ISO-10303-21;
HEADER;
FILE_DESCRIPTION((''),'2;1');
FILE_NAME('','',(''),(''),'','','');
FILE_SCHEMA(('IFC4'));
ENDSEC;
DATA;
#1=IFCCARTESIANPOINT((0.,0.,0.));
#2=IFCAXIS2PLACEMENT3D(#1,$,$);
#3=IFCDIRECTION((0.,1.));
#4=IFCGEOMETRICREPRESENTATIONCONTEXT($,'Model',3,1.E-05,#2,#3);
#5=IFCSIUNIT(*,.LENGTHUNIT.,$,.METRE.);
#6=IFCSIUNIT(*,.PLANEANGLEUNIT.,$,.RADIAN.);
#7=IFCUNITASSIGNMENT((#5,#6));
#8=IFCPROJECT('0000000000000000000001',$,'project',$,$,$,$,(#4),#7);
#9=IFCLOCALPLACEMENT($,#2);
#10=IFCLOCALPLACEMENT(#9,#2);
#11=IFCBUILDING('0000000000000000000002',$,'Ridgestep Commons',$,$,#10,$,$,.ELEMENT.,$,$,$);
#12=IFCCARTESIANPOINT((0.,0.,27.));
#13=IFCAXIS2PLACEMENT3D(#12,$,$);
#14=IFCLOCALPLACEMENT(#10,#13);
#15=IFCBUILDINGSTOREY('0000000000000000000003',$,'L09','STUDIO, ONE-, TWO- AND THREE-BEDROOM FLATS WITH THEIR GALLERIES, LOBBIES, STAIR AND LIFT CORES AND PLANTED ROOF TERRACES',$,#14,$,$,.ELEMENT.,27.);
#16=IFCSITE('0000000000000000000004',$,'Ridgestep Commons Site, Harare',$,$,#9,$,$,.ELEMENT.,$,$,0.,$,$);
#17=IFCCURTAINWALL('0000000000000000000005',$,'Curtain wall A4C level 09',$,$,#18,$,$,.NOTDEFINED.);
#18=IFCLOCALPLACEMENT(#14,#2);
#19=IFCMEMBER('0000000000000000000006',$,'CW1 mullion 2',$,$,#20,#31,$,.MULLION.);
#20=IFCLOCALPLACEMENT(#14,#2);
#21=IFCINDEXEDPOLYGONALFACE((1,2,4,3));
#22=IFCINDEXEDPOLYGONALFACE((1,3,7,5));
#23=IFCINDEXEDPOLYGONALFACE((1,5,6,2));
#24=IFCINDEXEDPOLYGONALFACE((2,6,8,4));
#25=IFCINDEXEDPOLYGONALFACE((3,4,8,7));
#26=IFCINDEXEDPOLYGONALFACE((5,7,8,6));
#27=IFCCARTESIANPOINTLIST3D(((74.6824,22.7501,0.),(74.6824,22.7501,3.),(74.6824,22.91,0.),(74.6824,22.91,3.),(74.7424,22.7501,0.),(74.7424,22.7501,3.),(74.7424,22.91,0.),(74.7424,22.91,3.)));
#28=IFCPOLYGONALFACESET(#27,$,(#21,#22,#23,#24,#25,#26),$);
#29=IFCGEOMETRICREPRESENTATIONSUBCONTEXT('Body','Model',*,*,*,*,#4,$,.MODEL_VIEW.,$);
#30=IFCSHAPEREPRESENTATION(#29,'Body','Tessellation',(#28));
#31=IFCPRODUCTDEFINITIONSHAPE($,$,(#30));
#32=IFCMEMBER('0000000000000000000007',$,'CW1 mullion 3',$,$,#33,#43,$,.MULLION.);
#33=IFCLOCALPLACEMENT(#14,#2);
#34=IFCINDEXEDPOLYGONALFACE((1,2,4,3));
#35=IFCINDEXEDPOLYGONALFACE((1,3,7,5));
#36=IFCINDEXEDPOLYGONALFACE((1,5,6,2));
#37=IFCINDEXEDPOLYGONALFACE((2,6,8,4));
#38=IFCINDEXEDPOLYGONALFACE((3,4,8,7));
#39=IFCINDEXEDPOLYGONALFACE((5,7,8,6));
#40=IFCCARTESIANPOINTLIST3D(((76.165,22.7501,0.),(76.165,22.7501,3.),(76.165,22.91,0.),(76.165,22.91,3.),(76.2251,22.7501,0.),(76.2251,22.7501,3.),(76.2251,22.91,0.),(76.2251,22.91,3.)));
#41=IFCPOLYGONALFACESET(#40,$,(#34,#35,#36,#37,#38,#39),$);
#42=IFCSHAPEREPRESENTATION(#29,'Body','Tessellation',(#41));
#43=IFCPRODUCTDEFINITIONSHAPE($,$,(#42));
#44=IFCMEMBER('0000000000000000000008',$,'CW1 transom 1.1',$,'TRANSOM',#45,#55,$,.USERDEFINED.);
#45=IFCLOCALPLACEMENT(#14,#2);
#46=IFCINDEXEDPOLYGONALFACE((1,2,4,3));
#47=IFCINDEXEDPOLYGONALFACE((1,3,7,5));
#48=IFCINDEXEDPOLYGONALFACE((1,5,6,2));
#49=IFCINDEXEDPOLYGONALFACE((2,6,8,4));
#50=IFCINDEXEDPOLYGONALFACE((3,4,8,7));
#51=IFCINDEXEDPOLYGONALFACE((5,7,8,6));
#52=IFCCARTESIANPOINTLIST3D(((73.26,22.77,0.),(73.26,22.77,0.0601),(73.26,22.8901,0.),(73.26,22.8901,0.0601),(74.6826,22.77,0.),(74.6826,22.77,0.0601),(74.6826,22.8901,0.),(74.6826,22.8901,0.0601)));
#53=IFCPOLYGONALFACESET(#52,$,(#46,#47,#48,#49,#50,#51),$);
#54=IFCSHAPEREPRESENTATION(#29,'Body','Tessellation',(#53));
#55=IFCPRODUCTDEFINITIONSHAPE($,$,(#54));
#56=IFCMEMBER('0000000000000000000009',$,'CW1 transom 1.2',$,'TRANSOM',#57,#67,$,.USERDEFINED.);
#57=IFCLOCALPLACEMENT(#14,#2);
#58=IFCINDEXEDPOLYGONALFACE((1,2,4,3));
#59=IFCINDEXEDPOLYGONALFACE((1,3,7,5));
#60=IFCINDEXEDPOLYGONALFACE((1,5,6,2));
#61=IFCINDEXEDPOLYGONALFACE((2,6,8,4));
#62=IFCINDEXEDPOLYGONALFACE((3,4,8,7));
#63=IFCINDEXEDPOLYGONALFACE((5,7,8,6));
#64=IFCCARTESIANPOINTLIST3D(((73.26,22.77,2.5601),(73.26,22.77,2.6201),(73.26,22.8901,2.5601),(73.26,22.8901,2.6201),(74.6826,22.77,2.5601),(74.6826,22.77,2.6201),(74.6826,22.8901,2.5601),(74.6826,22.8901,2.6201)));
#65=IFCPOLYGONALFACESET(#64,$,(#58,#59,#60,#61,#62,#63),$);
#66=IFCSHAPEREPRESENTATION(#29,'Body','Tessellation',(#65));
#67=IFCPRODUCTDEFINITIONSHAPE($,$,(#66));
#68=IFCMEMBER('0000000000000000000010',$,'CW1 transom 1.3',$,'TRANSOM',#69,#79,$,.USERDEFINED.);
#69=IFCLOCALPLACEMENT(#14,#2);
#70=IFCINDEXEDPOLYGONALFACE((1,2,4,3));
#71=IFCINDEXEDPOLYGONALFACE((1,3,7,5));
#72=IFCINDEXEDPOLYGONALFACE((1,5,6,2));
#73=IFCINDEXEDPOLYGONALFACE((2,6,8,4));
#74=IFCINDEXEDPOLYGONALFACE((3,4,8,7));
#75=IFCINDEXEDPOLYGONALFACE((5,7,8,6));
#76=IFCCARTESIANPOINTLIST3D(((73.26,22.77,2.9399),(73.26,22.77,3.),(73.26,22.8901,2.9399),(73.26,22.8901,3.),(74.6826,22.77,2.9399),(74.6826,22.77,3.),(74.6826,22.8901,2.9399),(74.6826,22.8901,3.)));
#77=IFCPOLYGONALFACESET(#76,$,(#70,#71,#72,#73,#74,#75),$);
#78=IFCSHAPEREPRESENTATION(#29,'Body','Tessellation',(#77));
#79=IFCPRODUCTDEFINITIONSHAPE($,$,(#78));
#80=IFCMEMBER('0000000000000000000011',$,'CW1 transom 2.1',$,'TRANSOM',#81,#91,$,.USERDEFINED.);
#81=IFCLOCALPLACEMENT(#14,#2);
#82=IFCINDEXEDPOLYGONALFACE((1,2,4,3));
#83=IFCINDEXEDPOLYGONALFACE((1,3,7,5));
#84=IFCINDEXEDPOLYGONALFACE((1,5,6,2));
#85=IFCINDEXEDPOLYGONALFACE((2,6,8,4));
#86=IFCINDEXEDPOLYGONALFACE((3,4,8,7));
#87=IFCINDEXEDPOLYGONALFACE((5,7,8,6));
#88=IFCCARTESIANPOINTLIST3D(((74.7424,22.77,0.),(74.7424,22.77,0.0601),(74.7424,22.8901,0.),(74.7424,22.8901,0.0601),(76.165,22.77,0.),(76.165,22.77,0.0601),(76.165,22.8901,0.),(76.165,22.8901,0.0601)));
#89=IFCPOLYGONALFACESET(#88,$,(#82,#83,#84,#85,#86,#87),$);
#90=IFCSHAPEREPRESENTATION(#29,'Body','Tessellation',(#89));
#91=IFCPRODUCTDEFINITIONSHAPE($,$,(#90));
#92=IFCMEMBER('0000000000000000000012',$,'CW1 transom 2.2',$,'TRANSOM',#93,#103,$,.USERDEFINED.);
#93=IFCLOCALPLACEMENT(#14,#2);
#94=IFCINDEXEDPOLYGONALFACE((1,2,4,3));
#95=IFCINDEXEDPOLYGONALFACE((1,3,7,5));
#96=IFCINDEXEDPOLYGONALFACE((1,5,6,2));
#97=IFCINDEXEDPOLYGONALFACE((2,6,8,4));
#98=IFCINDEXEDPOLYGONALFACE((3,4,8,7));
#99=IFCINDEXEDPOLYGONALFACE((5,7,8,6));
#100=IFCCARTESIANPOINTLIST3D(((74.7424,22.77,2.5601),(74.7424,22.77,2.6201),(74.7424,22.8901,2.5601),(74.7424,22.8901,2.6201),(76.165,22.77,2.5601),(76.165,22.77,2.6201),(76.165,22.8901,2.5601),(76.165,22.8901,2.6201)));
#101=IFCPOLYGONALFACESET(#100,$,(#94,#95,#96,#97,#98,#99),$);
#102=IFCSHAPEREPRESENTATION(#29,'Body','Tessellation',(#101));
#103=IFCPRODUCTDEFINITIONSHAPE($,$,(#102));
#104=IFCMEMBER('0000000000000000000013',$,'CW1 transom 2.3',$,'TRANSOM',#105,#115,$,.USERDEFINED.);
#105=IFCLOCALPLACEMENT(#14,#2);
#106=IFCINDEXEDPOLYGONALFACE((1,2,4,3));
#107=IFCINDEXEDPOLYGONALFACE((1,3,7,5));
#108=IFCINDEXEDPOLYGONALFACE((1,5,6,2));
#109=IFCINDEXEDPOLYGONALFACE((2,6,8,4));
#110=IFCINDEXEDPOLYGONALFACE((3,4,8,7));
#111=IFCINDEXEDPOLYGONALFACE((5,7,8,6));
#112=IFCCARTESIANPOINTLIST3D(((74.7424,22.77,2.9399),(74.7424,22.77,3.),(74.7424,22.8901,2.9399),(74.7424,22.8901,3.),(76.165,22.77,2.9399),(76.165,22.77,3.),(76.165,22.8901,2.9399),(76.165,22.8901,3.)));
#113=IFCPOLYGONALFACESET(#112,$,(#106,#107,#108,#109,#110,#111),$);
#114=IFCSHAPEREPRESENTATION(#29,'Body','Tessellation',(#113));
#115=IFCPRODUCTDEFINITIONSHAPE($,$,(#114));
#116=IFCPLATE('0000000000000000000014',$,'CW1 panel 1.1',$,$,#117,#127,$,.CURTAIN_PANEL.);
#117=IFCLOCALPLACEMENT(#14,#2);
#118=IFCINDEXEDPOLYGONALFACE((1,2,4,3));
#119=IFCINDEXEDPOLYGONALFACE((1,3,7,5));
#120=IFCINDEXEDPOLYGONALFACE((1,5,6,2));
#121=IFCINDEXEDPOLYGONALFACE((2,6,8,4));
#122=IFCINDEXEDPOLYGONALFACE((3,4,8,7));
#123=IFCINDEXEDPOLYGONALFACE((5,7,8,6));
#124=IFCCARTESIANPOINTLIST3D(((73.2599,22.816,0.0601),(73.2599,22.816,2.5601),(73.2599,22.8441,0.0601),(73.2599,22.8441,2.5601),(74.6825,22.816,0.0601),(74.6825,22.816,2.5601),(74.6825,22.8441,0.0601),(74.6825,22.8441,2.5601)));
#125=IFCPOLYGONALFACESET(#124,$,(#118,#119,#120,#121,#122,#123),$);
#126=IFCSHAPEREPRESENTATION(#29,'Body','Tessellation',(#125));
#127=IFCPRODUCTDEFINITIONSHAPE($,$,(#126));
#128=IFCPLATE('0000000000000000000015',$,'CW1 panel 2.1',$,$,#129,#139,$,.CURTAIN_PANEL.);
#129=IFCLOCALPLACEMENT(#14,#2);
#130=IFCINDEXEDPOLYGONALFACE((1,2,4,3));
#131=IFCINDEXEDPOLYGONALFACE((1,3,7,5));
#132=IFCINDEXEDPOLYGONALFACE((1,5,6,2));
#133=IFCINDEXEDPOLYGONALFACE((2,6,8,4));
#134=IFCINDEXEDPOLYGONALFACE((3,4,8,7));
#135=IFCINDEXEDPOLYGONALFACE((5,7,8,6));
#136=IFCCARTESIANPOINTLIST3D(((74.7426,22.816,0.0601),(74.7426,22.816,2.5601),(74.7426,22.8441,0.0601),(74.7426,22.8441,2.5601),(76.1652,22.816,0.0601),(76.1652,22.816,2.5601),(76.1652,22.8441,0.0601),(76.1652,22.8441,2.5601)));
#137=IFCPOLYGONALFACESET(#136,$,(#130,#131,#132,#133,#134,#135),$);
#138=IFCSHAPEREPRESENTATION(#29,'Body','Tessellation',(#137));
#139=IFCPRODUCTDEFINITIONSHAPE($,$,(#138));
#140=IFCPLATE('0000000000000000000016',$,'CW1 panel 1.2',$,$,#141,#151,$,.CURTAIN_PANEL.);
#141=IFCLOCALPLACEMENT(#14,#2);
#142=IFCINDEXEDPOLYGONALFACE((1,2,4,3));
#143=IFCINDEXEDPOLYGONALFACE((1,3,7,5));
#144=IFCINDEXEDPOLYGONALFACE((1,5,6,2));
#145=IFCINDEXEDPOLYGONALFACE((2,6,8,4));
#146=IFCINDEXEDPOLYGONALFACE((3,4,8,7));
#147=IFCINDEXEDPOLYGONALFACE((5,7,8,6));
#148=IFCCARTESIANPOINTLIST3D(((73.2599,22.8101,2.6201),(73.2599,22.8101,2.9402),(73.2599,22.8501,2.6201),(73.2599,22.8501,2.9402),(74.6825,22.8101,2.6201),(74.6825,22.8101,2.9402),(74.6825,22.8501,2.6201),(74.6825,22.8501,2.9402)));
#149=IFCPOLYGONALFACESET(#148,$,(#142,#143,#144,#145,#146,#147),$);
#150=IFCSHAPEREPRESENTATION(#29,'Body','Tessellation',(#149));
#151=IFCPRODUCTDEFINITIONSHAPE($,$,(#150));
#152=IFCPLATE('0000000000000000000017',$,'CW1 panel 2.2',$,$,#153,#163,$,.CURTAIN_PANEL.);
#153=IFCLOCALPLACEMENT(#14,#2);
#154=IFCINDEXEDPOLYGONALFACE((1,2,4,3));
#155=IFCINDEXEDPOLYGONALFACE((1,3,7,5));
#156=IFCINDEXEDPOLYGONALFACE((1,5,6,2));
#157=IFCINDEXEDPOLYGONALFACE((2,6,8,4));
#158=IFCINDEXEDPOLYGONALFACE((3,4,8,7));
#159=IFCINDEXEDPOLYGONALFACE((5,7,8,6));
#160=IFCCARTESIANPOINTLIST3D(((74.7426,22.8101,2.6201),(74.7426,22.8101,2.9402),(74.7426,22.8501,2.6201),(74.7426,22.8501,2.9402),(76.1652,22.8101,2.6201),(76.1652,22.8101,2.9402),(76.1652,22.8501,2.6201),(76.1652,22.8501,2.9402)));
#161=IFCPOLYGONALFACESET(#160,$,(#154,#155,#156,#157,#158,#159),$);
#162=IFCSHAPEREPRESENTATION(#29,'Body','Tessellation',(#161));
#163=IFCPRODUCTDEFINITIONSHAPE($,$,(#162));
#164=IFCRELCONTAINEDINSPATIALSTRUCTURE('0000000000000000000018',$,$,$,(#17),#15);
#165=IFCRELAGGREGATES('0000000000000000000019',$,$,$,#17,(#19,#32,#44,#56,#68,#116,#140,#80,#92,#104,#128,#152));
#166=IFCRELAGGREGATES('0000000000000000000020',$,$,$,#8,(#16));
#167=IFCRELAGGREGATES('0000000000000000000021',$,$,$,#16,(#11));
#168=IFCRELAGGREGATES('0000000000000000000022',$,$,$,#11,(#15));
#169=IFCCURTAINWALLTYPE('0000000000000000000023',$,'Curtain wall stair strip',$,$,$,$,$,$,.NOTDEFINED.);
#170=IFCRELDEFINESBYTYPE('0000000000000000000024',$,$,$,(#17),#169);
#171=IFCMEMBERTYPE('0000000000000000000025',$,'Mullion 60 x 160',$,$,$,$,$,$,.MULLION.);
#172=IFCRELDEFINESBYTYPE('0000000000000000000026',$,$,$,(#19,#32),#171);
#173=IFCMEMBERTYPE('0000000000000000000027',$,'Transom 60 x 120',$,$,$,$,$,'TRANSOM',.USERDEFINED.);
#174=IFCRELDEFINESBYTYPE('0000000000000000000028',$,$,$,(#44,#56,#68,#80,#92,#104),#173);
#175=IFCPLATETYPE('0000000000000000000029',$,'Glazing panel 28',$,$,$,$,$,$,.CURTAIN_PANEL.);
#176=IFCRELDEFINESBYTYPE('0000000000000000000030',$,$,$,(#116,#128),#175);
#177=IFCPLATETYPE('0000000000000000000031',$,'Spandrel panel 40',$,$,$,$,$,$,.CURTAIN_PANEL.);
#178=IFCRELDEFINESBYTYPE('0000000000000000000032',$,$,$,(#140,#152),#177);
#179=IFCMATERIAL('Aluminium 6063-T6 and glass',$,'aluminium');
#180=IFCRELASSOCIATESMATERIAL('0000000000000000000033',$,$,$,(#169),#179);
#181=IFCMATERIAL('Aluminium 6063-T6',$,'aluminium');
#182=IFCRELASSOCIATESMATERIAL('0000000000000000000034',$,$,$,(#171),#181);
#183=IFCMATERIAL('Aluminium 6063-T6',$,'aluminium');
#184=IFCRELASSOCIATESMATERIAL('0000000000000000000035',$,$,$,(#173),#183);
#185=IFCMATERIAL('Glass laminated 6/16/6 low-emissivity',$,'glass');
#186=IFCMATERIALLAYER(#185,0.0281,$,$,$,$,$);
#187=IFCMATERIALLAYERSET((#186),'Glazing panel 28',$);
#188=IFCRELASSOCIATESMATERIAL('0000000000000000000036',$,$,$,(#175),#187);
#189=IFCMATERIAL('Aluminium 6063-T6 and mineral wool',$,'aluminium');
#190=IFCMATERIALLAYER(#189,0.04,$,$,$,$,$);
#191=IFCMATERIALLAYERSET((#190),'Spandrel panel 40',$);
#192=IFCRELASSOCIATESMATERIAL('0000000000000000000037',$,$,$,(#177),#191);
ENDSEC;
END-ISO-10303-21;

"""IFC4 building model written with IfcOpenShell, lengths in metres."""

from ifc_helpers import new_model, si_unit, direction, frame, origin, origin_2d, place, context, subcontext, project, spatial, rectangle, extrude, material, layer, layer_set, material_profile, profile_set, type_object, element, aggregate, save


model = new_model("IFC4")

# Units and contexts
model_context = context("Model", 3, precision=1e-05, world=origin(), true_north=direction((0.0, 1.0)))
body_context = subcontext(model_context, "Body", "Model", "MODEL_VIEW")
ifc_project = project(units=[si_unit("LENGTHUNIT", "METRE"), si_unit("PLANEANGLEUNIT", "RADIAN")], contexts=[model_context])

# Site, building, storey
site_placement = place(None, origin())
site = spatial("IfcSite", under=ifc_project, at=site_placement, Name="Ridgestep Commons Site, Harare", CompositionType="ELEMENT", RefElevation=0.0)
building_placement = place(site_placement, origin())
building = spatial("IfcBuilding", under=site, at=building_placement, Name="Ridgestep Commons", CompositionType="ELEMENT")
storey_placement = place(building_placement, frame((0.0, 0.0, 27.0)))
storey = spatial("IfcBuildingStorey", under=building, at=storey_placement, Name="L09", Description="STUDIO, ONE-, TWO- AND THREE-BEDROOM FLATS WITH THEIR GALLERIES, LOBBIES, STAIR AND LIFT CORES AND PLANTED ROOF TERRACES", CompositionType="ELEMENT", Elevation=27.0)

# Curtain wall, members, plates
ifc_material_1 = material(Name="Aluminium 6063-T6 and glass", Category="aluminium")
curtain_wall_type = type_object("IfcCurtainWallType", Name="Curtain wall stair strip", PredefinedType="NOTDEFINED", material=ifc_material_1)
curtain_wall_placement = place(storey_placement, origin())
curtain_wall = element("IfcCurtainWall", 1, at=curtain_wall_placement, inside=storey, type_object=curtain_wall_type, Name="Curtain wall A4C level 09", PredefinedType="NOTDEFINED")
ifc_material_2 = material(Name="Aluminium 6063-T6", Category="aluminium")
ifc_material_profile_1 = material_profile(ifc_material_2, rectangle(XDim=0.1599, YDim=0.0601, at=origin_2d()), Name="Mullion 60 x 160")
ifc_profile_set_1 = profile_set([ifc_material_profile_1], Name="Aluminium 6063-T6")
member_type_1 = type_object("IfcMemberType", Name="Mullion 60 x 160", PredefinedType="MULLION", material=ifc_profile_set_1)
member_1_placement = place(storey_placement, frame((74.7124, 22.8301, 0.0), z_axis=(0.0, 0.0, 1.0), x_axis=(0.0, 1.0, 0.0)))
member_1 = element("IfcMember", 2, at=member_1_placement, type_object=member_type_1, Name="CW1 mullion 2", PredefinedType="MULLION", context=body_context, shape_type="SweptSolid", body=[
    extrude(rectangle(XDim=0.1599, YDim=0.0601, at=origin_2d()), origin(), (0.0, 0.0, 1.0), 3.0),
])
member_2_placement = place(storey_placement, frame((76.1951, 22.8301, 0.0), z_axis=(0.0, 0.0, 1.0), x_axis=(0.0, 1.0, 0.0)))
member_2 = element("IfcMember", 3, at=member_2_placement, type_object=member_type_1, Name="CW1 mullion 3", PredefinedType="MULLION", context=body_context, shape_type="SweptSolid", body=[
    extrude(rectangle(XDim=0.1599, YDim=0.0601, at=origin_2d()), origin(), (0.0, 0.0, 1.0), 3.0),
])
ifc_material_3 = material(Name="Aluminium 6063-T6", Category="aluminium")
ifc_material_profile_2 = material_profile(ifc_material_3, rectangle(XDim=0.1201, YDim=0.0601, at=origin_2d()), Name="Transom 60 x 120")
ifc_profile_set_2 = profile_set([ifc_material_profile_2], Name="Aluminium 6063-T6")
member_type_2 = type_object("IfcMemberType", Name="Transom 60 x 120", ElementType="TRANSOM", PredefinedType="USERDEFINED", material=ifc_profile_set_2)
member_3_placement = place(storey_placement, frame((73.26, 22.8301, 0.03), z_axis=(1.0, 0.0, 0.0), x_axis=(0.0, 1.0, 0.0)))
member_3 = element("IfcMember", 4, at=member_3_placement, type_object=member_type_2, Name="CW1 transom 1.1", ObjectType="TRANSOM", PredefinedType="USERDEFINED", context=body_context, shape_type="SweptSolid", body=[
    extrude(rectangle(XDim=0.1201, YDim=0.0601, at=origin_2d()), origin(), (0.0, 0.0, 1.0), 1.4226),
])
member_4_placement = place(storey_placement, frame((73.26, 22.8301, 2.5901), z_axis=(1.0, 0.0, 0.0), x_axis=(0.0, 1.0, 0.0)))
member_4 = element("IfcMember", 5, at=member_4_placement, type_object=member_type_2, Name="CW1 transom 1.2", ObjectType="TRANSOM", PredefinedType="USERDEFINED", context=body_context, shape_type="SweptSolid", body=[
    extrude(rectangle(XDim=0.1201, YDim=0.0601, at=origin_2d()), origin(), (0.0, 0.0, 1.0), 1.4226),
])
member_5_placement = place(storey_placement, frame((73.26, 22.8301, 2.97), z_axis=(1.0, 0.0, 0.0), x_axis=(0.0, 1.0, 0.0)))
member_5 = element("IfcMember", 6, at=member_5_placement, type_object=member_type_2, Name="CW1 transom 1.3", ObjectType="TRANSOM", PredefinedType="USERDEFINED", context=body_context, shape_type="SweptSolid", body=[
    extrude(rectangle(XDim=0.1201, YDim=0.0601, at=origin_2d()), origin(), (0.0, 0.0, 1.0), 1.4226),
])
member_6_placement = place(storey_placement, frame((74.7424, 22.8301, 0.03), z_axis=(1.0, 0.0, 0.0), x_axis=(0.0, 1.0, 0.0)))
member_6 = element("IfcMember", 7, at=member_6_placement, type_object=member_type_2, Name="CW1 transom 2.1", ObjectType="TRANSOM", PredefinedType="USERDEFINED", context=body_context, shape_type="SweptSolid", body=[
    extrude(rectangle(XDim=0.1201, YDim=0.0601, at=origin_2d()), origin(), (0.0, 0.0, 1.0), 1.4226),
])
member_7_placement = place(storey_placement, frame((74.7424, 22.8301, 2.5901), z_axis=(1.0, 0.0, 0.0), x_axis=(0.0, 1.0, 0.0)))
member_7 = element("IfcMember", 8, at=member_7_placement, type_object=member_type_2, Name="CW1 transom 2.2", ObjectType="TRANSOM", PredefinedType="USERDEFINED", context=body_context, shape_type="SweptSolid", body=[
    extrude(rectangle(XDim=0.1201, YDim=0.0601, at=origin_2d()), origin(), (0.0, 0.0, 1.0), 1.4226),
])
member_8_placement = place(storey_placement, frame((74.7424, 22.8301, 2.97), z_axis=(1.0, 0.0, 0.0), x_axis=(0.0, 1.0, 0.0)))
member_8 = element("IfcMember", 9, at=member_8_placement, type_object=member_type_2, Name="CW1 transom 2.3", ObjectType="TRANSOM", PredefinedType="USERDEFINED", context=body_context, shape_type="SweptSolid", body=[
    extrude(rectangle(XDim=0.1201, YDim=0.0601, at=origin_2d()), origin(), (0.0, 0.0, 1.0), 1.4226),
])
ifc_material_4 = material(Name="Glass laminated 6/16/6 low-emissivity", Category="glass")
ifc_layer_1 = layer(ifc_material_4, 0.0281)
ifc_layer_set_1 = layer_set([ifc_layer_1], Name="Glazing panel 28")
plate_type_1 = type_object("IfcPlateType", Name="Glazing panel 28", PredefinedType="CURTAIN_PANEL", material=ifc_layer_set_1)
plate_1_placement = place(storey_placement, frame((73.9712, 22.8301, 0.0601), z_axis=(0.0, 0.0, 1.0), x_axis=(1.0, 0.0, 0.0)))
plate_1 = element("IfcPlate", 10, at=plate_1_placement, type_object=plate_type_1, Name="CW1 panel 1.1", PredefinedType="CURTAIN_PANEL", context=body_context, shape_type="SweptSolid", body=[
    extrude(rectangle(XDim=1.4226, YDim=0.0281, at=origin_2d()), origin(), (0.0, 0.0, 1.0), 2.5),
])
plate_2_placement = place(storey_placement, frame((75.4539, 22.8301, 0.0601), z_axis=(0.0, 0.0, 1.0), x_axis=(1.0, 0.0, 0.0)))
plate_2 = element("IfcPlate", 11, at=plate_2_placement, type_object=plate_type_1, Name="CW1 panel 2.1", PredefinedType="CURTAIN_PANEL", context=body_context, shape_type="SweptSolid", body=[
    extrude(rectangle(XDim=1.4226, YDim=0.0281, at=origin_2d()), origin(), (0.0, 0.0, 1.0), 2.5),
])
ifc_material_5 = material(Name="Aluminium 6063-T6 and mineral wool", Category="aluminium")
ifc_layer_2 = layer(ifc_material_5, 0.04)
ifc_layer_set_2 = layer_set([ifc_layer_2], Name="Spandrel panel 40")
plate_type_2 = type_object("IfcPlateType", Name="Spandrel panel 40", PredefinedType="CURTAIN_PANEL", material=ifc_layer_set_2)
plate_3_placement = place(storey_placement, frame((73.9712, 22.8301, 2.6201), z_axis=(0.0, 0.0, 1.0), x_axis=(1.0, 0.0, 0.0)))
plate_3 = element("IfcPlate", 12, at=plate_3_placement, type_object=plate_type_2, Name="CW1 panel 1.2", PredefinedType="CURTAIN_PANEL", context=body_context, shape_type="SweptSolid", body=[
    extrude(rectangle(XDim=1.4226, YDim=0.04, at=origin_2d()), origin(), (0.0, 0.0, 1.0), 0.3201),
])
plate_4_placement = place(storey_placement, frame((75.4539, 22.8301, 2.6201), z_axis=(0.0, 0.0, 1.0), x_axis=(1.0, 0.0, 0.0)))
plate_4 = element("IfcPlate", 13, at=plate_4_placement, type_object=plate_type_2, Name="CW1 panel 2.2", PredefinedType="CURTAIN_PANEL", context=body_context, shape_type="SweptSolid", body=[
    extrude(rectangle(XDim=1.4226, YDim=0.04, at=origin_2d()), origin(), (0.0, 0.0, 1.0), 0.3201),
])
aggregate(curtain_wall, [member_1, member_2, member_3, member_4, member_5, plate_1, plate_3, member_6, member_7, member_8, plate_2, plate_4])

save(model, "model.ifc")
